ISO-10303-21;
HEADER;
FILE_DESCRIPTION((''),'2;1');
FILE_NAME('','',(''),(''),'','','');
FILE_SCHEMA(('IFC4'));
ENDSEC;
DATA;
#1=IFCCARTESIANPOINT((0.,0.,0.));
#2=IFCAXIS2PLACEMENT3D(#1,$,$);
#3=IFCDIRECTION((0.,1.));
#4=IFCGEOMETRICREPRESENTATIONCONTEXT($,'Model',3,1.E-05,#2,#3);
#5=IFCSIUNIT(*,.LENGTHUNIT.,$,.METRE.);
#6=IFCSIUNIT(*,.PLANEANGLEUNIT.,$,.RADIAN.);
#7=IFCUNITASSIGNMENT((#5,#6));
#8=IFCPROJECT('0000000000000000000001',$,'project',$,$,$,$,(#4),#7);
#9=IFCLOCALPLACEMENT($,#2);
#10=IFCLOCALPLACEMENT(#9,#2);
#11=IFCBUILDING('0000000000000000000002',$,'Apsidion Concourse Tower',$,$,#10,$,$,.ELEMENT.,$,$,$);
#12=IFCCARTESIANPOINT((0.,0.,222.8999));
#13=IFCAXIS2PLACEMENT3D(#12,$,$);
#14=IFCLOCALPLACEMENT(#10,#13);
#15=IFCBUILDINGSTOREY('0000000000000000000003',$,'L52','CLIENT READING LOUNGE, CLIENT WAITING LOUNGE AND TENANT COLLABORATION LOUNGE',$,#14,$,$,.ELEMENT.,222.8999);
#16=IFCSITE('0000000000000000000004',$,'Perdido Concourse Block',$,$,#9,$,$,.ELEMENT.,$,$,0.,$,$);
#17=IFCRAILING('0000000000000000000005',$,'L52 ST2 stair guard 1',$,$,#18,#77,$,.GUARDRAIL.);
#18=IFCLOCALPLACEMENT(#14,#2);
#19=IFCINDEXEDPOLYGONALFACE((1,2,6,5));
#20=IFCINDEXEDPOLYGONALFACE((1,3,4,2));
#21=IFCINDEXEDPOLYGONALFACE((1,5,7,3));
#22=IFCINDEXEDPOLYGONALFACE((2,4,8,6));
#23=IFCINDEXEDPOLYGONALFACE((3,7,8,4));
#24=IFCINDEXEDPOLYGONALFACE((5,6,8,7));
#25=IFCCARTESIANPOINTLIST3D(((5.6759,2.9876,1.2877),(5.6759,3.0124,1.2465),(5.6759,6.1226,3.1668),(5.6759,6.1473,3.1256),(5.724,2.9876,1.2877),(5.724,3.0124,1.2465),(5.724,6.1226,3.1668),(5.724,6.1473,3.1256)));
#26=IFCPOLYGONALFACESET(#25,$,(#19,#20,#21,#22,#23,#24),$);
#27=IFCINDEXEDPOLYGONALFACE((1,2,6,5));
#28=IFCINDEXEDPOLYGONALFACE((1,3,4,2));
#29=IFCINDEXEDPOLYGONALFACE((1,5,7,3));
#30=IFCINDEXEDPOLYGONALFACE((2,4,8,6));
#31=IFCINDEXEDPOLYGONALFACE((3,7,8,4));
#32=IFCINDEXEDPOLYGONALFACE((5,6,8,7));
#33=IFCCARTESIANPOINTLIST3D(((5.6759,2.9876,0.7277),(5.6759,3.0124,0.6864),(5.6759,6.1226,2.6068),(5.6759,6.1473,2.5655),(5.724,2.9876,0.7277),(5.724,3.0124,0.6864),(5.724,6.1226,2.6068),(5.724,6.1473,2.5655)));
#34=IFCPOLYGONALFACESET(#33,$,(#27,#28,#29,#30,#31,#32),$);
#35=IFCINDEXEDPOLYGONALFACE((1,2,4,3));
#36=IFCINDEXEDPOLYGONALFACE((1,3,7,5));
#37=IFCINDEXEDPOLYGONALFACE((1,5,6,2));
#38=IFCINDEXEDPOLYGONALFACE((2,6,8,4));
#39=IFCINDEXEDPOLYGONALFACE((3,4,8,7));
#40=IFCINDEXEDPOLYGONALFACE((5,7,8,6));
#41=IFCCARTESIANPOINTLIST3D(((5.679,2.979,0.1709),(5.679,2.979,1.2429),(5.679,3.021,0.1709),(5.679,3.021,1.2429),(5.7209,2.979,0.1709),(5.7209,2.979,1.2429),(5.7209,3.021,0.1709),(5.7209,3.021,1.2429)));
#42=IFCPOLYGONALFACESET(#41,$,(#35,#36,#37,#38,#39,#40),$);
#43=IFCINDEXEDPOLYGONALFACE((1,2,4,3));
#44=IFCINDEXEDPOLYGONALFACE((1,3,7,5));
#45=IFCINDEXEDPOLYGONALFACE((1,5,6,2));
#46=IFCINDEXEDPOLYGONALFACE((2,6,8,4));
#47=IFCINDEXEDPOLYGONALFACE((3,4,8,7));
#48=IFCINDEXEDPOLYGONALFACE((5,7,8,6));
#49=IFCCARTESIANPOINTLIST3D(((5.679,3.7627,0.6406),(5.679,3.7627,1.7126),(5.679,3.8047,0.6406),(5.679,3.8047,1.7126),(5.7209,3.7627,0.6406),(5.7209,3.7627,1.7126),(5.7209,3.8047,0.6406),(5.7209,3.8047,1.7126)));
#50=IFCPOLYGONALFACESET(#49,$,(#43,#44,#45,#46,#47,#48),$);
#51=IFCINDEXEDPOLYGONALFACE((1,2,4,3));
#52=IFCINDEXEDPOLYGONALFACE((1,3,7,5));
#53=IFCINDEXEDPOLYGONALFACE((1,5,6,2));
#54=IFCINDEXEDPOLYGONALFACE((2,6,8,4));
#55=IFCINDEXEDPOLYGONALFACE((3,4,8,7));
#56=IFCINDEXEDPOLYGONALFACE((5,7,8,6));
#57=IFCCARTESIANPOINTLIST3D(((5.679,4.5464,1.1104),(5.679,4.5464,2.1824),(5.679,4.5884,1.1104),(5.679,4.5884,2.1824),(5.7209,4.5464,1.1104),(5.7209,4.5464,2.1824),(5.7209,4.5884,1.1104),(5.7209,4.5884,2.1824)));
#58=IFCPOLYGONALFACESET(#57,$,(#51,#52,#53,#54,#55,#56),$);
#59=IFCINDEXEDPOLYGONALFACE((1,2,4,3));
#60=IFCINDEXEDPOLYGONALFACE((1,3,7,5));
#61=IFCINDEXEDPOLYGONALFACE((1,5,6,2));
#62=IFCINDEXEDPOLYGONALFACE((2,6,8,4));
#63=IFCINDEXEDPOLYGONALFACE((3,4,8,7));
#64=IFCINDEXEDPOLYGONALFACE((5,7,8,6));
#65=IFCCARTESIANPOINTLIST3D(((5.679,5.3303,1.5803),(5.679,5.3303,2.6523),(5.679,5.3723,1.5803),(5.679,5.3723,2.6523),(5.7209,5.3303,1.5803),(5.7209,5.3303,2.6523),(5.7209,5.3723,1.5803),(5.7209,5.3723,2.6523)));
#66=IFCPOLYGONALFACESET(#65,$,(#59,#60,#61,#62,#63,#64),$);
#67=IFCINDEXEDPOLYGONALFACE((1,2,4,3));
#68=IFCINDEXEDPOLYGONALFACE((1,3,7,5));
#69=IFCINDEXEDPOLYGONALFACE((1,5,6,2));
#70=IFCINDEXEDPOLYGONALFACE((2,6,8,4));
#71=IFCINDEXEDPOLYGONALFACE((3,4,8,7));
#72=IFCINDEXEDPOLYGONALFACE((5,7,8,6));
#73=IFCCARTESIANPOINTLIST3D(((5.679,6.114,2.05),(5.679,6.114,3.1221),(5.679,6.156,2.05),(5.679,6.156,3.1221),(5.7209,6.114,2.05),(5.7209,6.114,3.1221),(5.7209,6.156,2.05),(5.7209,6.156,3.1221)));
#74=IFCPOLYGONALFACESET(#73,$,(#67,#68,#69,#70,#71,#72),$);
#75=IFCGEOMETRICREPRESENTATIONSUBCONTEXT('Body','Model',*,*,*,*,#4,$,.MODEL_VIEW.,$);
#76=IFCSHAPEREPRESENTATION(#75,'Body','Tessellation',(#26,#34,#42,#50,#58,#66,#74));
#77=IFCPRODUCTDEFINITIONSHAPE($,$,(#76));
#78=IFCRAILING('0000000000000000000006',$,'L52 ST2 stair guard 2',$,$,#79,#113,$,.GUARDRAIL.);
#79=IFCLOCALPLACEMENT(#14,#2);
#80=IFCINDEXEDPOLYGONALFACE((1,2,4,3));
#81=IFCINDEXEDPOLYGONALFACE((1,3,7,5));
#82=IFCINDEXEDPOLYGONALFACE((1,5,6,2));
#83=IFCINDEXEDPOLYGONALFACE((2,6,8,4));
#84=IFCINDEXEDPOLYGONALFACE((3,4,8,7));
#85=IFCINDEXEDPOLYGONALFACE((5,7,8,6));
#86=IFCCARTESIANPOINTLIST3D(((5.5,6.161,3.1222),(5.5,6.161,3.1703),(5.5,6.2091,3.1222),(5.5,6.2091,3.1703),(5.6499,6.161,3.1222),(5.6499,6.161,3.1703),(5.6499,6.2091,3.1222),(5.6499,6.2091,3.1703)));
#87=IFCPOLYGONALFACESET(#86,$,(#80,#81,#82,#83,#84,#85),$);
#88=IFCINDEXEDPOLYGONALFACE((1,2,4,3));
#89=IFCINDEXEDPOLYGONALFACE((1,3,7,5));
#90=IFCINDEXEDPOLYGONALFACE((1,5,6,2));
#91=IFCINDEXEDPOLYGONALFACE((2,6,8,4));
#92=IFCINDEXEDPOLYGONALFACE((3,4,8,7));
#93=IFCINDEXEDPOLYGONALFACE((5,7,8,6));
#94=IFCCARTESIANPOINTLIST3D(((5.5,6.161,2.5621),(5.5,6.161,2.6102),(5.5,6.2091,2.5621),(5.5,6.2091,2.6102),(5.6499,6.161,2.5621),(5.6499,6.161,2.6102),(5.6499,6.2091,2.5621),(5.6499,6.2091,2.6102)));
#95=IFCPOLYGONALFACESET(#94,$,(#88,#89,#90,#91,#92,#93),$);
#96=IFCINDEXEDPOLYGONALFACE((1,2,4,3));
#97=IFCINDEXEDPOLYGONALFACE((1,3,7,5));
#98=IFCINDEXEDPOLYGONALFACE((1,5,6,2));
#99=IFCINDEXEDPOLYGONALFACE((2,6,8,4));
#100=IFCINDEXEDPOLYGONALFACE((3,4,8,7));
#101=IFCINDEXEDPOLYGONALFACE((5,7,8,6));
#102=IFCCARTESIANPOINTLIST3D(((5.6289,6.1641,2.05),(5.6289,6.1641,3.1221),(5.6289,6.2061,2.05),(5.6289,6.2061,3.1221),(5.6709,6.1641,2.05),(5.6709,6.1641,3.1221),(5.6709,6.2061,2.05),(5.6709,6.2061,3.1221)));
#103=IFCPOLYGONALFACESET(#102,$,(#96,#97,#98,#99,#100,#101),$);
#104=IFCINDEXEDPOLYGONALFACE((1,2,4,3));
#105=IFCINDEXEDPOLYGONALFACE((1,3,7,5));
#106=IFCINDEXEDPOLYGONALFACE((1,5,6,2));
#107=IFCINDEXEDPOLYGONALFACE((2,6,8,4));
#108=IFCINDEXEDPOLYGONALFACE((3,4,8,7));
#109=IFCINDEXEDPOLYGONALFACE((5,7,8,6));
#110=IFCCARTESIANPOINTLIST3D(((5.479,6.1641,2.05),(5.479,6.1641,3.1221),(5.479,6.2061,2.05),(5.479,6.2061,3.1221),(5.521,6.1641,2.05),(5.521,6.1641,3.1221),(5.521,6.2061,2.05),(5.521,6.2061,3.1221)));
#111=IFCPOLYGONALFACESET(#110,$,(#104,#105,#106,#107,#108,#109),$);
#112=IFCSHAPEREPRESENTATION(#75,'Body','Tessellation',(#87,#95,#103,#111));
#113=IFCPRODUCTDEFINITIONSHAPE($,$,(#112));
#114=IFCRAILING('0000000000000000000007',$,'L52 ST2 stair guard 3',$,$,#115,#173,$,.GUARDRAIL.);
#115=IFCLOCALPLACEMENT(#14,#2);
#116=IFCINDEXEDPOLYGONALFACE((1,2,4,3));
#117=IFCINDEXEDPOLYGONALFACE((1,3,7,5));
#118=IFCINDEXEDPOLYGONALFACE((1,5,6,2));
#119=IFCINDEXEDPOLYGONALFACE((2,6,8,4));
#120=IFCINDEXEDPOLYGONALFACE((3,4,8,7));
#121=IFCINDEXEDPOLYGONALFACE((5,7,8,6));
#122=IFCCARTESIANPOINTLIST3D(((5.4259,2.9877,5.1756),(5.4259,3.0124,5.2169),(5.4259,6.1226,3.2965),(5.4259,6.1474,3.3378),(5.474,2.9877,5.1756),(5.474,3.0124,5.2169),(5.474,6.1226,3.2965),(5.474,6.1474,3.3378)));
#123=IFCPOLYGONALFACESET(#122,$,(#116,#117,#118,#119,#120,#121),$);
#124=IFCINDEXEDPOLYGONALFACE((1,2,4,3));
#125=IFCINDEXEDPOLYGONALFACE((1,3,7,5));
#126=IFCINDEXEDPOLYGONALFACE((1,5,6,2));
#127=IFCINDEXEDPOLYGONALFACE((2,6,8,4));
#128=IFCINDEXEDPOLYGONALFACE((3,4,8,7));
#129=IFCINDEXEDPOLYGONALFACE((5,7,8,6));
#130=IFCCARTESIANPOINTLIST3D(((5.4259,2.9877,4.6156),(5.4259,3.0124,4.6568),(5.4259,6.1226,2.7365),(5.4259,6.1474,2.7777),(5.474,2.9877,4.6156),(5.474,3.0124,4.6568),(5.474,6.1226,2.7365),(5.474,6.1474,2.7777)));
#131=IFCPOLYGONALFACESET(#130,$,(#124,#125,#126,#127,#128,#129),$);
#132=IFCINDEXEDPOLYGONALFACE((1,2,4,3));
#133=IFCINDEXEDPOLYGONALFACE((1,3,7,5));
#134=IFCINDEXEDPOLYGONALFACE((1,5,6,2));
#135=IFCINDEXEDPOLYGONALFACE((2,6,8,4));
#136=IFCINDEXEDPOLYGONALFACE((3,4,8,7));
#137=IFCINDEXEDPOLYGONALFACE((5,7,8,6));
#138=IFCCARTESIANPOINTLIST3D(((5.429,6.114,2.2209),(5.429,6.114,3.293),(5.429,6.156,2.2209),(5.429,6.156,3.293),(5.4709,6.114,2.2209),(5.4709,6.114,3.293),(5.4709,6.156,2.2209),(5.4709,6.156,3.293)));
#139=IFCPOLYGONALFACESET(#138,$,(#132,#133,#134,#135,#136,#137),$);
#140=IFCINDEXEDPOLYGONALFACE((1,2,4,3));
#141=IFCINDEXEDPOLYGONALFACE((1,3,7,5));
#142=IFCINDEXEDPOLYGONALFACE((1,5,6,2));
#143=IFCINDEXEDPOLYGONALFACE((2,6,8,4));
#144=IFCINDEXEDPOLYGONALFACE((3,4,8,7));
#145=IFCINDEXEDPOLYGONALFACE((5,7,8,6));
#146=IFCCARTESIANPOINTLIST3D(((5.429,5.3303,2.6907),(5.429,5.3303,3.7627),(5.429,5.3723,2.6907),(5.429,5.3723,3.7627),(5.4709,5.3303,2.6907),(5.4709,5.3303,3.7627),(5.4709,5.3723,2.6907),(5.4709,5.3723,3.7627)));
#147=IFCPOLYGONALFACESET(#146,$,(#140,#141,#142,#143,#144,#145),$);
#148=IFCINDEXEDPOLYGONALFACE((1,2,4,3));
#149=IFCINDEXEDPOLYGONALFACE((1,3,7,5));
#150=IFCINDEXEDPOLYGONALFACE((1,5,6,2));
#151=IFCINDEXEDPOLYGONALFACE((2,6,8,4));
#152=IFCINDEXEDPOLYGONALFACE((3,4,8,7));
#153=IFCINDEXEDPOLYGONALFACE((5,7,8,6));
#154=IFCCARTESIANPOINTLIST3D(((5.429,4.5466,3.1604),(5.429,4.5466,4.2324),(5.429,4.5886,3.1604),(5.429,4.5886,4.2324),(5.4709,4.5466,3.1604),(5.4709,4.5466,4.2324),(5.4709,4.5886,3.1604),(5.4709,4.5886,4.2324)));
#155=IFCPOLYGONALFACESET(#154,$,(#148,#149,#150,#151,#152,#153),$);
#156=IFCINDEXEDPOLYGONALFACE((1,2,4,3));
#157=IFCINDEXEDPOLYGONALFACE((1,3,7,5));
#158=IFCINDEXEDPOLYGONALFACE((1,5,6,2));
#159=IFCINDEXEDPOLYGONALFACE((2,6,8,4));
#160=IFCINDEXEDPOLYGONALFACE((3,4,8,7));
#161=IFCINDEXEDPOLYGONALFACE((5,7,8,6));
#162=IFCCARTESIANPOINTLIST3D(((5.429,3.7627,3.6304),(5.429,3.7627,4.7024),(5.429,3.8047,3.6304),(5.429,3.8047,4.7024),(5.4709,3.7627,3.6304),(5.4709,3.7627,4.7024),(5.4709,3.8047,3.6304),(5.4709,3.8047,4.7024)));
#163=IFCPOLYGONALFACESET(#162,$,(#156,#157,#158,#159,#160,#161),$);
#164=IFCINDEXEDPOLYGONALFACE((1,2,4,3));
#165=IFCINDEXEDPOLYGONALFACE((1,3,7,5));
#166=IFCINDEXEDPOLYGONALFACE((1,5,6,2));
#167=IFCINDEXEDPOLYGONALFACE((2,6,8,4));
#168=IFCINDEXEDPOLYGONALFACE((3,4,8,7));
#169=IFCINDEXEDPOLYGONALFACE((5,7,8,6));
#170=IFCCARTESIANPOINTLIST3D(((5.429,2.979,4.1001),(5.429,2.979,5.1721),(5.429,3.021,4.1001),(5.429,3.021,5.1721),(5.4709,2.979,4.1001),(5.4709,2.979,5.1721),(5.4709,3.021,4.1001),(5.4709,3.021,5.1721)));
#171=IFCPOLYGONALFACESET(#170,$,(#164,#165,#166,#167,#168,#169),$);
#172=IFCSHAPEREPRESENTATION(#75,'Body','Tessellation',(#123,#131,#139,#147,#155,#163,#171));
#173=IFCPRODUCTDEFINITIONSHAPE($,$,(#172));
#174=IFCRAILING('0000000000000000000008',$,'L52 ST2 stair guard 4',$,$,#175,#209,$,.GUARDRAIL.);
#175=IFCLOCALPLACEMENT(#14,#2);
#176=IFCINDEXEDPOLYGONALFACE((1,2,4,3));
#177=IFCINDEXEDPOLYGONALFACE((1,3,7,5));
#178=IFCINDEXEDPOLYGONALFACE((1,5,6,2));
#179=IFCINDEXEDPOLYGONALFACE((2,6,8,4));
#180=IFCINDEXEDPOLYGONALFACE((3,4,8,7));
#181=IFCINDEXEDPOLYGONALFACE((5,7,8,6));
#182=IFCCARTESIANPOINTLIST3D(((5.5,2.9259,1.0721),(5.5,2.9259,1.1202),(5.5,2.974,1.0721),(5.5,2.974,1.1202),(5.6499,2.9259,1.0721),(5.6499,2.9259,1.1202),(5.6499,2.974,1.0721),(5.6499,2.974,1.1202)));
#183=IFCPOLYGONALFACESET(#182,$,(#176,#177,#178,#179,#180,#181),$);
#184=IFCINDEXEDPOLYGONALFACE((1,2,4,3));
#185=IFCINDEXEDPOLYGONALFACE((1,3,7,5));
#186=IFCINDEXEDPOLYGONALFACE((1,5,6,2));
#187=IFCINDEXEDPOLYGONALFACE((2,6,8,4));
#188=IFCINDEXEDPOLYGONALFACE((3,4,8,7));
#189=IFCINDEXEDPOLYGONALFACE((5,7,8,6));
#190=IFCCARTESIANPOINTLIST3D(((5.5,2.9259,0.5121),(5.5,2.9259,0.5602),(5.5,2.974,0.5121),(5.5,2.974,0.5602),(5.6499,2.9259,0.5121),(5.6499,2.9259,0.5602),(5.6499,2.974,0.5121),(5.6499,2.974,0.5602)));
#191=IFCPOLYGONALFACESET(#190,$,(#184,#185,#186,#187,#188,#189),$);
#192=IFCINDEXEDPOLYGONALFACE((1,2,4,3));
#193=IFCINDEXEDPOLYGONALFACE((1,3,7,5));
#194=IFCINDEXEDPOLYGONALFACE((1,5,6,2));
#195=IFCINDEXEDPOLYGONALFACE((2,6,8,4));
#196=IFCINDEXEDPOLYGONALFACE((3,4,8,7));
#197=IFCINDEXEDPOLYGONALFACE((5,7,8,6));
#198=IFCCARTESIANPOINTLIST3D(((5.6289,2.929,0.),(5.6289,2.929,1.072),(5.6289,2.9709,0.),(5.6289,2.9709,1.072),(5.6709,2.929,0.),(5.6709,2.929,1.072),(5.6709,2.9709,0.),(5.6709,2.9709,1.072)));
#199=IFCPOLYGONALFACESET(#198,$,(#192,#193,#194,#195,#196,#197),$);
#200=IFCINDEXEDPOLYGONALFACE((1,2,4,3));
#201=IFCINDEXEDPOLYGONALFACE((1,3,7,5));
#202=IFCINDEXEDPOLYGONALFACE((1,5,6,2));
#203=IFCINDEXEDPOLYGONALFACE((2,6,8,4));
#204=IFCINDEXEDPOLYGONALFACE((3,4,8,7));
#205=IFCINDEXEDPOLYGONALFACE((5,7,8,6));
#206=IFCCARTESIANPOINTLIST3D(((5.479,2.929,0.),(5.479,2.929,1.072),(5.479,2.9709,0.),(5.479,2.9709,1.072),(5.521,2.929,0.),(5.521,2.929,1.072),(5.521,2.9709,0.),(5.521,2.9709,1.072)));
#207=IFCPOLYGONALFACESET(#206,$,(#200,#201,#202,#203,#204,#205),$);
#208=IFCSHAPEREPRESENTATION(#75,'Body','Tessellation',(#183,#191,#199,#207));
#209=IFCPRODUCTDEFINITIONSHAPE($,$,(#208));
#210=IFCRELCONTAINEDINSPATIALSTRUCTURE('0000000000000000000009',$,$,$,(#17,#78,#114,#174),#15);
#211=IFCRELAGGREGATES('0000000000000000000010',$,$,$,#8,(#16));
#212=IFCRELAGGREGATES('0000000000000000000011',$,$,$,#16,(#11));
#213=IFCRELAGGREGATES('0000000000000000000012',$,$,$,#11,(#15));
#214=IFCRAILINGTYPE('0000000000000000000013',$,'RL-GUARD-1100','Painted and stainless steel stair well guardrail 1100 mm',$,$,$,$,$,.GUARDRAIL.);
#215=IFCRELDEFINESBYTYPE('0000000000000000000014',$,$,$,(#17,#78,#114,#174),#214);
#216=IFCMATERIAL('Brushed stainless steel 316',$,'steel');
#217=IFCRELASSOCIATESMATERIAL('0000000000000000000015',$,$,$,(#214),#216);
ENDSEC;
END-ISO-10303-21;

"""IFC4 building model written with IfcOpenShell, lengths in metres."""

from ifc_helpers import new_model, si_unit, direction, frame, origin, origin_2d, place, context, subcontext, project, spatial, rectangle, extrude, material, type_object, element, save


model = new_model("IFC4")

# Units and contexts
model_context = context("Model", 3, precision=1e-05, world=origin(), true_north=direction((0.0, 1.0)))
body_context = subcontext(model_context, "Body", "Model", "MODEL_VIEW")
ifc_project = project(units=[si_unit("LENGTHUNIT", "METRE"), si_unit("PLANEANGLEUNIT", "RADIAN")], contexts=[model_context])

# Site, building, storey
site_placement = place(None, origin())
site = spatial("IfcSite", under=ifc_project, at=site_placement, Name="Perdido Concourse Block", CompositionType="ELEMENT", RefElevation=0.0)
building_placement = place(site_placement, origin())
building = spatial("IfcBuilding", under=site, at=building_placement, Name="Apsidion Concourse Tower", CompositionType="ELEMENT")
storey_placement = place(building_placement, frame((0.0, 0.0, 222.8999)))
storey = spatial("IfcBuildingStorey", under=building, at=storey_placement, Name="L52", Description="CLIENT READING LOUNGE, CLIENT WAITING LOUNGE AND TENANT COLLABORATION LOUNGE", CompositionType="ELEMENT", Elevation=222.8999)

# Railings
ifc_material_1 = material(Name="Brushed stainless steel 316", Category="steel")
railing_type_1 = type_object("IfcRailingType", Name="RL-GUARD-1100", Description="Painted and stainless steel stair well guardrail 1100 mm", PredefinedType="GUARDRAIL", material=ifc_material_1)
railing_1_placement = place(storey_placement, frame((5.7, 3.0, 0.1709)))
element("IfcRailing", 1, at=railing_1_placement, inside=storey, type_object=railing_type_1, Name="L52 ST2 stair guard 1", PredefinedType="GUARDRAIL", context=body_context, shape_type="SweptSolid", body=[
    extrude(rectangle(XDim=0.0481, YDim=0.0481, at=origin_2d()), frame((0.0, 0.0, 1.0962), z_axis=(0.0, 0.857717, 0.514122), x_axis=(-1.0, 0.0, 0.0)), (0.0, 0.0, 1.0), 3.655),
    extrude(rectangle(XDim=0.0481, YDim=0.0481, at=origin_2d()), frame((0.0, 0.0, 0.5361), z_axis=(0.0, 0.857717, 0.514122), x_axis=(-1.0, 0.0, 0.0)), (0.0, 0.0, 1.0), 3.655),
    extrude(rectangle(XDim=0.042, YDim=0.042, at=origin_2d()), origin(), (0.0, 0.0, 1.0), 1.072),
    extrude(rectangle(XDim=0.042, YDim=0.042, at=origin_2d()), frame((0.0, 0.7837, 0.4697)), (0.0, 0.0, 1.0), 1.072),
    extrude(rectangle(XDim=0.042, YDim=0.042, at=origin_2d()), frame((0.0, 1.5674, 0.9395)), (0.0, 0.0, 1.0), 1.072),
    extrude(rectangle(XDim=0.042, YDim=0.042, at=origin_2d()), frame((0.0, 2.3513, 1.4094)), (0.0, 0.0, 1.0), 1.072),
    extrude(rectangle(XDim=0.042, YDim=0.042, at=origin_2d()), frame((0.0, 3.135, 1.8792)), (0.0, 0.0, 1.0), 1.072),
])
railing_2_placement = place(storey_placement, frame((5.6499, 6.1851, 2.05)))
element("IfcRailing", 2, at=railing_2_placement, inside=storey, type_object=railing_type_1, Name="L52 ST2 stair guard 2", PredefinedType="GUARDRAIL", context=body_context, shape_type="SweptSolid", body=[
    extrude(rectangle(XDim=0.0481, YDim=0.0481, at=origin_2d()), frame((0.0, 0.0, 1.0962), z_axis=(-1.0, 0.0, 0.0), x_axis=(0.0, -1.0, 0.0)), (0.0, 0.0, 1.0), 0.1499),
    extrude(rectangle(XDim=0.0481, YDim=0.0481, at=origin_2d()), frame((0.0, 0.0, 0.5361), z_axis=(-1.0, 0.0, 0.0), x_axis=(0.0, -1.0, 0.0)), (0.0, 0.0, 1.0), 0.1499),
    extrude(rectangle(XDim=0.042, YDim=0.042, at=origin_2d()), origin(), (0.0, 0.0, 1.0), 1.072),
    extrude(rectangle(XDim=0.042, YDim=0.042, at=origin_2d()), frame((-0.1499, 0.0, 0.0)), (0.0, 0.0, 1.0), 1.072),
])
railing_3_placement = place(storey_placement, frame((5.45, 6.135, 2.2209)))
element("IfcRailing", 3, at=railing_3_placement, inside=storey, type_object=railing_type_1, Name="L52 ST2 stair guard 3", PredefinedType="GUARDRAIL", context=body_context, shape_type="SweptSolid", body=[
    extrude(rectangle(XDim=0.0481, YDim=0.0481, at=origin_2d()), frame((0.0, 0.0, 1.0962), z_axis=(0.0, -0.857717, 0.514122), x_axis=(1.0, 0.0, 0.0)), (0.0, 0.0, 1.0), 3.655),
    extrude(rectangle(XDim=0.0481, YDim=0.0481, at=origin_2d()), frame((0.0, 0.0, 0.5361), z_axis=(0.0, -0.857717, 0.514122), x_axis=(1.0, 0.0, 0.0)), (0.0, 0.0, 1.0), 3.655),
    extrude(rectangle(XDim=0.042, YDim=0.042, at=origin_2d()), origin(), (0.0, 0.0, 1.0), 1.072),
    extrude(rectangle(XDim=0.042, YDim=0.042, at=origin_2d()), frame((0.0, -0.7837, 0.4697)), (0.0, 0.0, 1.0), 1.072),
    extrude(rectangle(XDim=0.042, YDim=0.042, at=origin_2d()), frame((0.0, -1.5674, 0.9395)), (0.0, 0.0, 1.0), 1.072),
    extrude(rectangle(XDim=0.042, YDim=0.042, at=origin_2d()), frame((0.0, -2.3513, 1.4094)), (0.0, 0.0, 1.0), 1.072),
    extrude(rectangle(XDim=0.042, YDim=0.042, at=origin_2d()), frame((0.0, -3.135, 1.8792)), (0.0, 0.0, 1.0), 1.072),
])
railing_4_placement = place(storey_placement, frame((5.6499, 2.95, 0.0)))
element("IfcRailing", 4, at=railing_4_placement, inside=storey, type_object=railing_type_1, Name="L52 ST2 stair guard 4", PredefinedType="GUARDRAIL", context=body_context, shape_type="SweptSolid", body=[
    extrude(rectangle(XDim=0.0481, YDim=0.0481, at=origin_2d()), frame((0.0, 0.0, 1.0962), z_axis=(-1.0, 0.0, 0.0), x_axis=(0.0, -1.0, 0.0)), (0.0, 0.0, 1.0), 0.1499),
    extrude(rectangle(XDim=0.0481, YDim=0.0481, at=origin_2d()), frame((0.0, 0.0, 0.5361), z_axis=(-1.0, 0.0, 0.0), x_axis=(0.0, -1.0, 0.0)), (0.0, 0.0, 1.0), 0.1499),
    extrude(rectangle(XDim=0.042, YDim=0.042, at=origin_2d()), origin(), (0.0, 0.0, 1.0), 1.072),
    extrude(rectangle(XDim=0.042, YDim=0.042, at=origin_2d()), frame((-0.1499, 0.0, 0.0)), (0.0, 0.0, 1.0), 1.072),
])

save(model, "model.ifc")
